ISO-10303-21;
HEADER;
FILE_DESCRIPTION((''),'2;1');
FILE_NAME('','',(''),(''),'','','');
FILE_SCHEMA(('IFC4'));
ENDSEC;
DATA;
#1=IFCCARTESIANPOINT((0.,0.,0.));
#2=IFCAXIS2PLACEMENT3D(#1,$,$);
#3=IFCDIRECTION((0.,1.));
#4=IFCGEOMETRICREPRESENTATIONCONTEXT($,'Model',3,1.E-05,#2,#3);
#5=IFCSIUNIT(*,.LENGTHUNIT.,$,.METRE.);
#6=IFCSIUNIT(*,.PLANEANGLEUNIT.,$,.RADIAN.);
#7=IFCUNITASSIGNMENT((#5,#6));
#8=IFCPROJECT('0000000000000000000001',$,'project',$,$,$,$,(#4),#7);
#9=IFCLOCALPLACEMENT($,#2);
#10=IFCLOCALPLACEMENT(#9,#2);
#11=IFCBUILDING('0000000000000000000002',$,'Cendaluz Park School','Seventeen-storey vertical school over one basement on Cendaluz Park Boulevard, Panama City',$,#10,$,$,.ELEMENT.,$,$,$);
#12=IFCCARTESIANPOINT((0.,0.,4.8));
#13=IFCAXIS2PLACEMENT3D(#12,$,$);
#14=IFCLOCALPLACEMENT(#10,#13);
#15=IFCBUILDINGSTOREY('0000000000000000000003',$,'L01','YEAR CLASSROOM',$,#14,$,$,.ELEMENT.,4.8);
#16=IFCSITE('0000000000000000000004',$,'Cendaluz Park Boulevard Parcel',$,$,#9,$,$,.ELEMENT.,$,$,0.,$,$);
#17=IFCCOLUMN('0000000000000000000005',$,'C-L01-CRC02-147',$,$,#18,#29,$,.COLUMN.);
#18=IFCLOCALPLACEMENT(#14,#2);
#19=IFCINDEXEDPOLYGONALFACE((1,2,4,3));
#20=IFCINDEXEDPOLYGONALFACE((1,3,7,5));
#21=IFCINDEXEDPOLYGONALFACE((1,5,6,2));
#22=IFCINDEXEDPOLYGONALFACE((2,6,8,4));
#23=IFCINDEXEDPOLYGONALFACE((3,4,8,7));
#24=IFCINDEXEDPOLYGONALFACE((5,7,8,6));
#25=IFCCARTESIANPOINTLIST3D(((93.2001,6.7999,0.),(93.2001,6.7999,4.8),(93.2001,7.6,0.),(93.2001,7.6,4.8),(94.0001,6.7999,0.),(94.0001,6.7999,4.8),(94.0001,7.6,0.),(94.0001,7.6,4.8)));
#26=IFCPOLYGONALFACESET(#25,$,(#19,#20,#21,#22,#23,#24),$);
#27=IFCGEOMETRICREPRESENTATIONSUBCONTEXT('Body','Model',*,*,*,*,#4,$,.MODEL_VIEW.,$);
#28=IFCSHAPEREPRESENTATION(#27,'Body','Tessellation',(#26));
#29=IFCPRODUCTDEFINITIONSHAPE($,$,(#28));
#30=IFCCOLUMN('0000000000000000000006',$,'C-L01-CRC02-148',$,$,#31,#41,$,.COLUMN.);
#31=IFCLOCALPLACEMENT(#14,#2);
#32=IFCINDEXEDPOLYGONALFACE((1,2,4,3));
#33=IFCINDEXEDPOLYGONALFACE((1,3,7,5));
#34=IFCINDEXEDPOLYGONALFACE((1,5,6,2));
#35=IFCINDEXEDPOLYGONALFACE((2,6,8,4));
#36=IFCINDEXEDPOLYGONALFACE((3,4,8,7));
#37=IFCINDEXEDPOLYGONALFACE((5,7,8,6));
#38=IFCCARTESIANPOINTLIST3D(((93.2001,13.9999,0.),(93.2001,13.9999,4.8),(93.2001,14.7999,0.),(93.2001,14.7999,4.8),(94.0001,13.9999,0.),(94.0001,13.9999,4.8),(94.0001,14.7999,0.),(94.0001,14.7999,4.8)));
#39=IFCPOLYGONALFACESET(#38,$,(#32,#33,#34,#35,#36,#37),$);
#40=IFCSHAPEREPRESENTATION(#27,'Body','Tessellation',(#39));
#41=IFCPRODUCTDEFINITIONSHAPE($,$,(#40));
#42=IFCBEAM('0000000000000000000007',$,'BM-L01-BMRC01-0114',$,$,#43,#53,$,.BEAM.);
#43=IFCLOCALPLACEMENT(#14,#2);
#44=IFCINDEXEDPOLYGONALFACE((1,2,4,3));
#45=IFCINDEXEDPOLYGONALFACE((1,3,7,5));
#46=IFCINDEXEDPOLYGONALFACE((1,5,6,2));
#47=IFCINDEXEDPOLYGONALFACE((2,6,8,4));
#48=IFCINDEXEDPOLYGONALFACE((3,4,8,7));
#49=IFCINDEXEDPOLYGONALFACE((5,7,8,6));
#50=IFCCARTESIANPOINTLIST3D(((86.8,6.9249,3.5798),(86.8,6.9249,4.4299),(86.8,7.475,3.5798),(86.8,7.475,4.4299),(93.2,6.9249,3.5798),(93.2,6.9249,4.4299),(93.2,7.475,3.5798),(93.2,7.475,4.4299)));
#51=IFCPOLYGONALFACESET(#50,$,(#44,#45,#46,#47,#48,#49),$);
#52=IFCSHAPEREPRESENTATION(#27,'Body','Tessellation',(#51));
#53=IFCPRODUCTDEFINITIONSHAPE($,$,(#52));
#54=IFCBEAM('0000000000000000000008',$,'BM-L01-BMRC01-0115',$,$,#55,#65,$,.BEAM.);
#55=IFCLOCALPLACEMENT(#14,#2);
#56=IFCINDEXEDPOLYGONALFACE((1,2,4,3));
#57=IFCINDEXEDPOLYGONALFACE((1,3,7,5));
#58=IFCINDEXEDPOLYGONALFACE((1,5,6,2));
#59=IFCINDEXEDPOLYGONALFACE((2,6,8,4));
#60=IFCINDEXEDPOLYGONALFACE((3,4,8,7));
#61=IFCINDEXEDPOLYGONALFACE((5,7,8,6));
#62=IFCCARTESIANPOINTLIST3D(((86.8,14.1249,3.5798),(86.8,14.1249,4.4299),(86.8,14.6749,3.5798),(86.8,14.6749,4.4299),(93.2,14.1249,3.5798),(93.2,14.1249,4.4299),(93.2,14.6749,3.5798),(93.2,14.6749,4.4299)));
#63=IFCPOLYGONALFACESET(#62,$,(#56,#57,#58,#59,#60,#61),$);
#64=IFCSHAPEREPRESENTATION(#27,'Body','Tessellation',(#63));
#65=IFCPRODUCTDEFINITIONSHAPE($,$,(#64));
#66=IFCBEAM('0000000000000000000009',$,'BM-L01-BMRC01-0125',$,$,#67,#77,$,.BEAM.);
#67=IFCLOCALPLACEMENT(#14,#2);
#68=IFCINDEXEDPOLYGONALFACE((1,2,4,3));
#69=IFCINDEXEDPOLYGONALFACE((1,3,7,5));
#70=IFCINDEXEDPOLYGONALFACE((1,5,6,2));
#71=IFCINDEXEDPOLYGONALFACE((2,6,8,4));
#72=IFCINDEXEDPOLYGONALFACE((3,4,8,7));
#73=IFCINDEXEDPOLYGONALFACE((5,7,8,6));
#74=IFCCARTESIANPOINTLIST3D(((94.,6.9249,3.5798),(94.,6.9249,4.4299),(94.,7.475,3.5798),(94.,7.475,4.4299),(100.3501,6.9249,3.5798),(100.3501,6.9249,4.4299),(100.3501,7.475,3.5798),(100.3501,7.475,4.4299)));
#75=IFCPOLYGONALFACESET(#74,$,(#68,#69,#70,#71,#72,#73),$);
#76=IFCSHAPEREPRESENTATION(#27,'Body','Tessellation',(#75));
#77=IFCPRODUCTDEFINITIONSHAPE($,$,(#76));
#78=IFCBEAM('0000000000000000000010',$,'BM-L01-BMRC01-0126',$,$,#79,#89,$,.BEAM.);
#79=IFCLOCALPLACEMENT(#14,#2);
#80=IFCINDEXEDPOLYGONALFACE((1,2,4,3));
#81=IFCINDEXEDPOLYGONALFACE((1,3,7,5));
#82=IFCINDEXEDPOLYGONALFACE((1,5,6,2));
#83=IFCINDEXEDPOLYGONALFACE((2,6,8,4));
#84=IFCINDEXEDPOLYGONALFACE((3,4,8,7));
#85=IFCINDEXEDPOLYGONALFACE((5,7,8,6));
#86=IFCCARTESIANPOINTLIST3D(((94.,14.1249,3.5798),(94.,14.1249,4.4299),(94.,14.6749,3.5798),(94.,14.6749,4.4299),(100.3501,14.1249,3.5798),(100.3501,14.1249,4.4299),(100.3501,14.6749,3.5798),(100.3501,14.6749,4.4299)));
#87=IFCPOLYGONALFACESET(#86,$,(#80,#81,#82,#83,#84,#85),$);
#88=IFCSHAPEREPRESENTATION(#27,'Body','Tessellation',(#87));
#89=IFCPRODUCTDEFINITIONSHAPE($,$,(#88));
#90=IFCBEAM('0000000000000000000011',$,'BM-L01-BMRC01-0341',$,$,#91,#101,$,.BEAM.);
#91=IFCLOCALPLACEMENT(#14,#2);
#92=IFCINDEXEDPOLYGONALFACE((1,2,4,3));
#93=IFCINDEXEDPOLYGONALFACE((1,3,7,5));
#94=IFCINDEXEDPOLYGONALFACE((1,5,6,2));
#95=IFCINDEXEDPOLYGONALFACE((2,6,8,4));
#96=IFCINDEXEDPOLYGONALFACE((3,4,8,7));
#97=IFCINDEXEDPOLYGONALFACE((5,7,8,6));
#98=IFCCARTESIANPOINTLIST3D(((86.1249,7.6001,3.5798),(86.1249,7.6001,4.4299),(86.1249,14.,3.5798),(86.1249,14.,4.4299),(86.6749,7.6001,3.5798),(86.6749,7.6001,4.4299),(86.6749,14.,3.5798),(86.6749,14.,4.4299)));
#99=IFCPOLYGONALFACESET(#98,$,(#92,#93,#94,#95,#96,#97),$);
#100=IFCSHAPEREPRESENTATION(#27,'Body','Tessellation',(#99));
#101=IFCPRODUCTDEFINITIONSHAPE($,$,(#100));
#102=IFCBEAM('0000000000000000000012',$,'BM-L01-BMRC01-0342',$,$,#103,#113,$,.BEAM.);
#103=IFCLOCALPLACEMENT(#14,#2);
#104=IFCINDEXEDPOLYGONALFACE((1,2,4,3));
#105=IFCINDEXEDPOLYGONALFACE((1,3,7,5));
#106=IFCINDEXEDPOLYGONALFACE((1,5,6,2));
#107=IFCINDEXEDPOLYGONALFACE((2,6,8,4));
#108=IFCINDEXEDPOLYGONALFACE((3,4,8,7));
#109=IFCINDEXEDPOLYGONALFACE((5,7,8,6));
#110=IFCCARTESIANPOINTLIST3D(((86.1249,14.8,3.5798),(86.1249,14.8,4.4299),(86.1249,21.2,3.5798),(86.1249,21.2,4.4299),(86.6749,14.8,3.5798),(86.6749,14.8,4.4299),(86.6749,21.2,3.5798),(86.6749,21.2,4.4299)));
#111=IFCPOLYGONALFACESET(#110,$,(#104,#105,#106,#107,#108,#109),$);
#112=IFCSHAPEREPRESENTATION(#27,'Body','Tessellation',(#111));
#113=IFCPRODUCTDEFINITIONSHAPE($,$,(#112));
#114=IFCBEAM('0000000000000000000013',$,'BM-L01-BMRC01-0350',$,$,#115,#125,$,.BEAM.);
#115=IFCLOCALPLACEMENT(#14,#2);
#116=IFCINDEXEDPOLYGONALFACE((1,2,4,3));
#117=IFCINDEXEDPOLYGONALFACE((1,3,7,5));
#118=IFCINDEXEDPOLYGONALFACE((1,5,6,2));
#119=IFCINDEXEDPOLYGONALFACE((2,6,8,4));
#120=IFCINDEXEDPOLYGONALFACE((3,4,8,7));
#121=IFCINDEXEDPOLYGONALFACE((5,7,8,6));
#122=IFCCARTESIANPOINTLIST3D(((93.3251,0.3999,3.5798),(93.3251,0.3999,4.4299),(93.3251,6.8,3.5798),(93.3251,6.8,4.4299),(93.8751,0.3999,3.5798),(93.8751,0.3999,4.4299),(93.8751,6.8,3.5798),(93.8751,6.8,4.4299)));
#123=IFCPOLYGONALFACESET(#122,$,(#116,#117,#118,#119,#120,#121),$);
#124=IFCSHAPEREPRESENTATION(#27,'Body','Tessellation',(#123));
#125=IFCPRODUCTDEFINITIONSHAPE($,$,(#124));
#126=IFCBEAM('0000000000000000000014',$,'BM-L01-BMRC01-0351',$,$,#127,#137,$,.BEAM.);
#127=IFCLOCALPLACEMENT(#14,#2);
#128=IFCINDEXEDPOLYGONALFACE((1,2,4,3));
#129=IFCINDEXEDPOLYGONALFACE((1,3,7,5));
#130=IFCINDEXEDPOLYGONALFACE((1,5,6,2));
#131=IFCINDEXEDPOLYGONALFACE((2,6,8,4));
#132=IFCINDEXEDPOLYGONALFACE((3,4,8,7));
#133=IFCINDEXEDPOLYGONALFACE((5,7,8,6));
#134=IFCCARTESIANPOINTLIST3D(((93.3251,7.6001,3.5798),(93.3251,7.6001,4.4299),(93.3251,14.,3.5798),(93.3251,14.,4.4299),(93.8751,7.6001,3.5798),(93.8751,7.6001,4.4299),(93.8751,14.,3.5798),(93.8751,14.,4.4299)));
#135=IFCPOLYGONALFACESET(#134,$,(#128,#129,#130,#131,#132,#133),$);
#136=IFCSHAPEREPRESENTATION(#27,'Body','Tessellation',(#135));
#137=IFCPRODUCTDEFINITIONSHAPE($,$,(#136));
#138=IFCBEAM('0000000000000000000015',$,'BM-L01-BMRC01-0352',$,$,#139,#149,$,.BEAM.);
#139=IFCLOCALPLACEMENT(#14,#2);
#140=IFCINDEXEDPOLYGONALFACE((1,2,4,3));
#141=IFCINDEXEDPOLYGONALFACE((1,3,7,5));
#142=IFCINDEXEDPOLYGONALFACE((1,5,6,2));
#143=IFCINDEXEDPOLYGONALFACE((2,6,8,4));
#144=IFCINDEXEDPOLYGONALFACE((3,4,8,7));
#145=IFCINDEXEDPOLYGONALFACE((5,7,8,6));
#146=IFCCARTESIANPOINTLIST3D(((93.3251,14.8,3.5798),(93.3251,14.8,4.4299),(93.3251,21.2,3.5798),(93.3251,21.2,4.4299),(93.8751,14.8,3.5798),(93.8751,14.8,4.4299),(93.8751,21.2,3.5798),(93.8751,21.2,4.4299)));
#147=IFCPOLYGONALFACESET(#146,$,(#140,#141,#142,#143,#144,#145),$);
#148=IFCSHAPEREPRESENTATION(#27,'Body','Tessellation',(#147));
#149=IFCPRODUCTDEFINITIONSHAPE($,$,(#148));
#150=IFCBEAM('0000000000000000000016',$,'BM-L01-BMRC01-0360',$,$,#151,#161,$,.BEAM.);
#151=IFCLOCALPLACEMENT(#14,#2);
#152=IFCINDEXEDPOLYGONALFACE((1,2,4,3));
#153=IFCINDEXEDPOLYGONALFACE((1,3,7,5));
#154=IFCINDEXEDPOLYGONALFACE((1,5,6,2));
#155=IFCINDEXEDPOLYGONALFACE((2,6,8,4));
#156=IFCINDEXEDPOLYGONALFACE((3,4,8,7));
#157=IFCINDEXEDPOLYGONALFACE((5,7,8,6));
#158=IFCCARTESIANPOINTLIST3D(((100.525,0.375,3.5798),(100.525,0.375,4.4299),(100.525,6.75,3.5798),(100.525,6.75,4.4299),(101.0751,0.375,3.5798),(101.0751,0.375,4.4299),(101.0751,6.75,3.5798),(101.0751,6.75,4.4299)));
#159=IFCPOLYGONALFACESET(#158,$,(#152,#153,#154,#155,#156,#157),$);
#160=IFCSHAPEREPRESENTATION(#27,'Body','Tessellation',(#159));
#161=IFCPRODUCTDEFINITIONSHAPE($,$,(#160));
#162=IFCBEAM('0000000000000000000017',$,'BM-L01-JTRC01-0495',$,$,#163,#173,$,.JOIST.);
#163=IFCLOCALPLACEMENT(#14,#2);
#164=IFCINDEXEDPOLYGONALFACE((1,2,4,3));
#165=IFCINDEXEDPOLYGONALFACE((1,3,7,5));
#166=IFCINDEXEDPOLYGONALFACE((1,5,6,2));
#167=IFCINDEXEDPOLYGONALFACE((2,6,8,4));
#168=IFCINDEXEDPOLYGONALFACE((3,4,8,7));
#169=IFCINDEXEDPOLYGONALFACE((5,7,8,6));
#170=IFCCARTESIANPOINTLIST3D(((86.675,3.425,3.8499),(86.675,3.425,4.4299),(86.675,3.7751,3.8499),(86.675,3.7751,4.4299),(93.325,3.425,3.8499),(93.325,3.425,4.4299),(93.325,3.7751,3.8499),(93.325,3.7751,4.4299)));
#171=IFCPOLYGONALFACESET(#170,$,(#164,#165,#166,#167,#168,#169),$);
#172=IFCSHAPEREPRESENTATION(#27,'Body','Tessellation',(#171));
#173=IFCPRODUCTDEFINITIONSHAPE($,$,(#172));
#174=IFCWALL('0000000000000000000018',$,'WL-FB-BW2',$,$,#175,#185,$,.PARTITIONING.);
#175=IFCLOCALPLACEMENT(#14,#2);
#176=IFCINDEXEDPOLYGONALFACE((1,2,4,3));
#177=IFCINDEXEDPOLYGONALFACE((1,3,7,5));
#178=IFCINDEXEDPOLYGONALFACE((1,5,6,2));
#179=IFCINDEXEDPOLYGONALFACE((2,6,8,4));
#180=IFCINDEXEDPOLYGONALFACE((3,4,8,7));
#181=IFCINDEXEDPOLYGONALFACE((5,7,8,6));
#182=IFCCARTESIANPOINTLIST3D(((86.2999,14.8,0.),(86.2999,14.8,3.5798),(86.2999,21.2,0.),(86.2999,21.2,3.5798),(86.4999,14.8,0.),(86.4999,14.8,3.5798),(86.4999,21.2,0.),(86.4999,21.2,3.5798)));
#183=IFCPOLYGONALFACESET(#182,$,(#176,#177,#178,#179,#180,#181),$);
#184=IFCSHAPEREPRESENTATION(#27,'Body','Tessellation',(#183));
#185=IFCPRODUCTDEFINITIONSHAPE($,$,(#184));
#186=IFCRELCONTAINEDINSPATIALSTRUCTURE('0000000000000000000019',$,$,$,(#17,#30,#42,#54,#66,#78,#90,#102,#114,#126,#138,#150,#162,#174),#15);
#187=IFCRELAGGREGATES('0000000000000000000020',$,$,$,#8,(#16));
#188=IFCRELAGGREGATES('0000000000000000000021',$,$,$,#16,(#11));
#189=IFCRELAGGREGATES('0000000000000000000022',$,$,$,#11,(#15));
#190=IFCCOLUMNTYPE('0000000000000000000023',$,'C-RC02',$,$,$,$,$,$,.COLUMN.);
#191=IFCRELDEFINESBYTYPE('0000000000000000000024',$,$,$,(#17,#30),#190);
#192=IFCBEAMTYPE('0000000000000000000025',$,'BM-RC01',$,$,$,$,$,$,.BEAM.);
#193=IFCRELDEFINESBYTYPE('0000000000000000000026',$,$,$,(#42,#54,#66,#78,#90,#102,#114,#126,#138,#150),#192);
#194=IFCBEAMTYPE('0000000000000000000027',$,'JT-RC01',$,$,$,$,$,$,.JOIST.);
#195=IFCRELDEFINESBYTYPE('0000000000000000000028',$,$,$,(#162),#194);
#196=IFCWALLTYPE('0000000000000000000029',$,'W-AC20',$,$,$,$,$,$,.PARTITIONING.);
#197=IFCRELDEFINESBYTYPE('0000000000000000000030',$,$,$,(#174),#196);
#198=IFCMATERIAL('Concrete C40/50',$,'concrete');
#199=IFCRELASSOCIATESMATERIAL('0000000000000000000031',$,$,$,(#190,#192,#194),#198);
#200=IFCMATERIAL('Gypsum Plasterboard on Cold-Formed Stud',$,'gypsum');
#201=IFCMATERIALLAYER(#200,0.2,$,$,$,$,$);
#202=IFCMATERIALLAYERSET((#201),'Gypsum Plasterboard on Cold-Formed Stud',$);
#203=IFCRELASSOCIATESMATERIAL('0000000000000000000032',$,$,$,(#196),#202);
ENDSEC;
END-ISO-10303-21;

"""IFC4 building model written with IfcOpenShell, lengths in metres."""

from ifc_helpers import new_model, si_unit, direction, frame, frame_2d, origin, origin_2d, place, context, subcontext, project, spatial, rectangle, extrude, material, layer, layer_set, material_profile, profile_set, type_object, element, save


model = new_model("IFC4")

# Units and contexts
model_context = context("Model", 3, precision=1e-05, world=origin(), true_north=direction((0.0, 1.0)))
body_context = subcontext(model_context, "Body", "Model", "MODEL_VIEW")
ifc_project = project(units=[si_unit("LENGTHUNIT", "METRE"), si_unit("PLANEANGLEUNIT", "RADIAN")], contexts=[model_context])

# Site, building, storey
site_placement = place(None, origin())
site = spatial("IfcSite", under=ifc_project, at=site_placement, Name="Cendaluz Park Boulevard Parcel", CompositionType="ELEMENT", RefElevation=0.0)
building_placement = place(site_placement, origin())
building = spatial("IfcBuilding", under=site, at=building_placement, Name="Cendaluz Park School", Description="Seventeen-storey vertical school over one basement on Cendaluz Park Boulevard, Panama City", CompositionType="ELEMENT")
storey_placement = place(building_placement, frame((0.0, 0.0, 4.8)))
storey = spatial("IfcBuildingStorey", under=building, at=storey_placement, Name="L01", Description="YEAR CLASSROOM", CompositionType="ELEMENT", Elevation=4.8)

# Columns
ifc_material_1 = material(Name="Concrete C40/50", Category="concrete")
ifc_material_profile_1 = material_profile(ifc_material_1, rectangle(XDim=0.8, YDim=0.8, at=origin_2d()), Name="RC 800x800", Category="concrete")
ifc_profile_set_1 = profile_set([ifc_material_profile_1], Name="Concrete C40/50")
column_type = type_object("IfcColumnType", Name="C-RC02", PredefinedType="COLUMN", material=ifc_profile_set_1)
for number, where, z_axis, x_axis, name in (
    (1, (93.6001, 7.2, 0.0), (0.0, 0.0, 1.0), (1.0, 0.0, 0.0), "C-L01-CRC02-147"),
    (2, (93.6001, 14.3999, 0.0), (0.0, 0.0, 1.0), (1.0, 0.0, 0.0), "C-L01-CRC02-148"),
):
    element("IfcColumn", number, at=place(storey_placement, frame(where, z_axis=z_axis, x_axis=x_axis)), inside=storey, type_object=column_type, Name=name, PredefinedType="COLUMN", context=body_context, shape_type="SweptSolid", body=[
        extrude(rectangle(XDim=0.8, YDim=0.8, at=origin_2d()), origin(), (0.0, 0.0, 1.0), 4.8),
    ])

# Beams
ifc_material_profile_2 = material_profile(ifc_material_1, rectangle(XDim=0.55, YDim=0.8501, at=origin_2d()), Name="RC 550x850", Category="concrete")
ifc_profile_set_2 = profile_set([ifc_material_profile_2], Name="Concrete C40/50")
beam_type_1 = type_object("IfcBeamType", Name="BM-RC01", PredefinedType="BEAM", material=ifc_profile_set_2)
for number, where, z_axis, x_axis, name in (
    (3, (86.8, 7.2, 4.0049), (1.0, 0.0, 0.0), (0.0, 1.0, 0.0), "BM-L01-BMRC01-0114"),
    (4, (86.8, 14.3999, 4.0049), (1.0, 0.0, 0.0), (0.0, 1.0, 0.0), "BM-L01-BMRC01-0115"),
):
    element("IfcBeam", number, at=place(storey_placement, frame(where, z_axis=z_axis, x_axis=x_axis)), inside=storey, type_object=beam_type_1, Name=name, PredefinedType="BEAM", context=body_context, shape_type="SweptSolid", body=[
        extrude(rectangle(XDim=0.55, YDim=0.8501, at=origin_2d()), origin(), (0.0, 0.0, 1.0), 6.3999),
    ])
for number, where, z_axis, x_axis, name in (
    (5, (94.0, 7.2, 4.0049), (1.0, 0.0, 0.0), (0.0, 1.0, 0.0), "BM-L01-BMRC01-0125"),
    (6, (94.0, 14.3999, 4.0049), (1.0, 0.0, 0.0), (0.0, 1.0, 0.0), "BM-L01-BMRC01-0126"),
):
    element("IfcBeam", number, at=place(storey_placement, frame(where, z_axis=z_axis, x_axis=x_axis)), inside=storey, type_object=beam_type_1, Name=name, PredefinedType="BEAM", context=body_context, shape_type="SweptSolid", body=[
        extrude(rectangle(XDim=0.55, YDim=0.8501, at=origin_2d()), origin(), (0.0, 0.0, 1.0), 6.3501),
    ])
for number, where, z_axis, x_axis, name in (
    (7, (86.3999, 7.6001, 4.0049), (0.0, 1.0, 0.0), (-1.0, 0.0, 0.0), "BM-L01-BMRC01-0341"),
    (8, (86.3999, 14.8, 4.0049), (0.0, 1.0, 0.0), (-1.0, 0.0, 0.0), "BM-L01-BMRC01-0342"),
):
    element("IfcBeam", number, at=place(storey_placement, frame(where, z_axis=z_axis, x_axis=x_axis)), inside=storey, type_object=beam_type_1, Name=name, PredefinedType="BEAM", context=body_context, shape_type="SweptSolid", body=[
        extrude(rectangle(XDim=0.55, YDim=0.8501, at=origin_2d()), origin(), (0.0, 0.0, 1.0), 6.3999),
    ])
beam_1_placement = place(storey_placement, frame((93.6001, 0.3999, 4.0049), z_axis=(0.0, 1.0, 0.0), x_axis=(-1.0, 0.0, 0.0)))
element("IfcBeam", 9, at=beam_1_placement, inside=storey, type_object=beam_type_1, Name="BM-L01-BMRC01-0350", PredefinedType="BEAM", context=body_context, shape_type="SweptSolid", body=[
    extrude(rectangle(XDim=0.55, YDim=0.8501, at=origin_2d()), origin(), (0.0, 0.0, 1.0), 6.4001),
])
for number, where, z_axis, x_axis, name in (
    (10, (93.6001, 7.6001, 4.0049), (0.0, 1.0, 0.0), (-1.0, 0.0, 0.0), "BM-L01-BMRC01-0351"),
    (11, (93.6001, 14.8, 4.0049), (0.0, 1.0, 0.0), (-1.0, 0.0, 0.0), "BM-L01-BMRC01-0352"),
):
    element("IfcBeam", number, at=place(storey_placement, frame(where, z_axis=z_axis, x_axis=x_axis)), inside=storey, type_object=beam_type_1, Name=name, PredefinedType="BEAM", context=body_context, shape_type="SweptSolid", body=[
        extrude(rectangle(XDim=0.55, YDim=0.8501, at=origin_2d()), origin(), (0.0, 0.0, 1.0), 6.3999),
    ])
beam_2_placement = place(storey_placement, frame((100.8, 0.375, 4.0049), z_axis=(0.0, 1.0, 0.0), x_axis=(-1.0, 0.0, 0.0)))
element("IfcBeam", 12, at=beam_2_placement, inside=storey, type_object=beam_type_1, Name="BM-L01-BMRC01-0360", PredefinedType="BEAM", context=body_context, shape_type="SweptSolid", body=[
    extrude(rectangle(XDim=0.55, YDim=0.8501, at=origin_2d()), origin(), (0.0, 0.0, 1.0), 6.375),
])
ifc_material_profile_3 = material_profile(ifc_material_1, rectangle(XDim=0.3501, YDim=0.5801, at=origin_2d()), Name="RC 350x580", Category="concrete")
ifc_profile_set_3 = profile_set([ifc_material_profile_3], Name="Concrete C40/50")
beam_type_2 = type_object("IfcBeamType", Name="JT-RC01", PredefinedType="JOIST", material=ifc_profile_set_3)
beam_3_placement = place(storey_placement, frame((86.675, 3.6001, 4.1399), z_axis=(1.0, 0.0, 0.0), x_axis=(0.0, 1.0, 0.0)))
element("IfcBeam", 13, at=beam_3_placement, inside=storey, type_object=beam_type_2, Name="BM-L01-JTRC01-0495", PredefinedType="JOIST", context=body_context, shape_type="SweptSolid", body=[
    extrude(rectangle(XDim=0.3501, YDim=0.5801, at=origin_2d()), origin(), (0.0, 0.0, 1.0), 6.6499),
])

# Wall
ifc_material_2 = material(Name="Gypsum Plasterboard on Cold-Formed Stud", Category="gypsum")
ifc_layer_1 = layer(ifc_material_2, 0.2)
ifc_layer_set_1 = layer_set([ifc_layer_1], Name="Gypsum Plasterboard on Cold-Formed Stud")
wall_type_1 = type_object("IfcWallType", Name="W-AC20", PredefinedType="PARTITIONING", material=ifc_layer_set_1)
wall_1_placement = place(storey_placement, frame((86.3999, 14.8, 0.0), z_axis=(0.0, 0.0, 1.0), x_axis=(0.0, 1.0, 0.0)))
element("IfcWall", 14, at=wall_1_placement, inside=storey, type_object=wall_type_1, Name="WL-FB-BW2", PredefinedType="PARTITIONING", context=body_context, shape_type="SweptSolid", body=[
    extrude(rectangle(XDim=6.3999, YDim=0.2, at=frame_2d((3.2, 0.0))), origin(), (0.0, 0.0, 1.0), 3.5798),
])

save(model, "model.ifc")
